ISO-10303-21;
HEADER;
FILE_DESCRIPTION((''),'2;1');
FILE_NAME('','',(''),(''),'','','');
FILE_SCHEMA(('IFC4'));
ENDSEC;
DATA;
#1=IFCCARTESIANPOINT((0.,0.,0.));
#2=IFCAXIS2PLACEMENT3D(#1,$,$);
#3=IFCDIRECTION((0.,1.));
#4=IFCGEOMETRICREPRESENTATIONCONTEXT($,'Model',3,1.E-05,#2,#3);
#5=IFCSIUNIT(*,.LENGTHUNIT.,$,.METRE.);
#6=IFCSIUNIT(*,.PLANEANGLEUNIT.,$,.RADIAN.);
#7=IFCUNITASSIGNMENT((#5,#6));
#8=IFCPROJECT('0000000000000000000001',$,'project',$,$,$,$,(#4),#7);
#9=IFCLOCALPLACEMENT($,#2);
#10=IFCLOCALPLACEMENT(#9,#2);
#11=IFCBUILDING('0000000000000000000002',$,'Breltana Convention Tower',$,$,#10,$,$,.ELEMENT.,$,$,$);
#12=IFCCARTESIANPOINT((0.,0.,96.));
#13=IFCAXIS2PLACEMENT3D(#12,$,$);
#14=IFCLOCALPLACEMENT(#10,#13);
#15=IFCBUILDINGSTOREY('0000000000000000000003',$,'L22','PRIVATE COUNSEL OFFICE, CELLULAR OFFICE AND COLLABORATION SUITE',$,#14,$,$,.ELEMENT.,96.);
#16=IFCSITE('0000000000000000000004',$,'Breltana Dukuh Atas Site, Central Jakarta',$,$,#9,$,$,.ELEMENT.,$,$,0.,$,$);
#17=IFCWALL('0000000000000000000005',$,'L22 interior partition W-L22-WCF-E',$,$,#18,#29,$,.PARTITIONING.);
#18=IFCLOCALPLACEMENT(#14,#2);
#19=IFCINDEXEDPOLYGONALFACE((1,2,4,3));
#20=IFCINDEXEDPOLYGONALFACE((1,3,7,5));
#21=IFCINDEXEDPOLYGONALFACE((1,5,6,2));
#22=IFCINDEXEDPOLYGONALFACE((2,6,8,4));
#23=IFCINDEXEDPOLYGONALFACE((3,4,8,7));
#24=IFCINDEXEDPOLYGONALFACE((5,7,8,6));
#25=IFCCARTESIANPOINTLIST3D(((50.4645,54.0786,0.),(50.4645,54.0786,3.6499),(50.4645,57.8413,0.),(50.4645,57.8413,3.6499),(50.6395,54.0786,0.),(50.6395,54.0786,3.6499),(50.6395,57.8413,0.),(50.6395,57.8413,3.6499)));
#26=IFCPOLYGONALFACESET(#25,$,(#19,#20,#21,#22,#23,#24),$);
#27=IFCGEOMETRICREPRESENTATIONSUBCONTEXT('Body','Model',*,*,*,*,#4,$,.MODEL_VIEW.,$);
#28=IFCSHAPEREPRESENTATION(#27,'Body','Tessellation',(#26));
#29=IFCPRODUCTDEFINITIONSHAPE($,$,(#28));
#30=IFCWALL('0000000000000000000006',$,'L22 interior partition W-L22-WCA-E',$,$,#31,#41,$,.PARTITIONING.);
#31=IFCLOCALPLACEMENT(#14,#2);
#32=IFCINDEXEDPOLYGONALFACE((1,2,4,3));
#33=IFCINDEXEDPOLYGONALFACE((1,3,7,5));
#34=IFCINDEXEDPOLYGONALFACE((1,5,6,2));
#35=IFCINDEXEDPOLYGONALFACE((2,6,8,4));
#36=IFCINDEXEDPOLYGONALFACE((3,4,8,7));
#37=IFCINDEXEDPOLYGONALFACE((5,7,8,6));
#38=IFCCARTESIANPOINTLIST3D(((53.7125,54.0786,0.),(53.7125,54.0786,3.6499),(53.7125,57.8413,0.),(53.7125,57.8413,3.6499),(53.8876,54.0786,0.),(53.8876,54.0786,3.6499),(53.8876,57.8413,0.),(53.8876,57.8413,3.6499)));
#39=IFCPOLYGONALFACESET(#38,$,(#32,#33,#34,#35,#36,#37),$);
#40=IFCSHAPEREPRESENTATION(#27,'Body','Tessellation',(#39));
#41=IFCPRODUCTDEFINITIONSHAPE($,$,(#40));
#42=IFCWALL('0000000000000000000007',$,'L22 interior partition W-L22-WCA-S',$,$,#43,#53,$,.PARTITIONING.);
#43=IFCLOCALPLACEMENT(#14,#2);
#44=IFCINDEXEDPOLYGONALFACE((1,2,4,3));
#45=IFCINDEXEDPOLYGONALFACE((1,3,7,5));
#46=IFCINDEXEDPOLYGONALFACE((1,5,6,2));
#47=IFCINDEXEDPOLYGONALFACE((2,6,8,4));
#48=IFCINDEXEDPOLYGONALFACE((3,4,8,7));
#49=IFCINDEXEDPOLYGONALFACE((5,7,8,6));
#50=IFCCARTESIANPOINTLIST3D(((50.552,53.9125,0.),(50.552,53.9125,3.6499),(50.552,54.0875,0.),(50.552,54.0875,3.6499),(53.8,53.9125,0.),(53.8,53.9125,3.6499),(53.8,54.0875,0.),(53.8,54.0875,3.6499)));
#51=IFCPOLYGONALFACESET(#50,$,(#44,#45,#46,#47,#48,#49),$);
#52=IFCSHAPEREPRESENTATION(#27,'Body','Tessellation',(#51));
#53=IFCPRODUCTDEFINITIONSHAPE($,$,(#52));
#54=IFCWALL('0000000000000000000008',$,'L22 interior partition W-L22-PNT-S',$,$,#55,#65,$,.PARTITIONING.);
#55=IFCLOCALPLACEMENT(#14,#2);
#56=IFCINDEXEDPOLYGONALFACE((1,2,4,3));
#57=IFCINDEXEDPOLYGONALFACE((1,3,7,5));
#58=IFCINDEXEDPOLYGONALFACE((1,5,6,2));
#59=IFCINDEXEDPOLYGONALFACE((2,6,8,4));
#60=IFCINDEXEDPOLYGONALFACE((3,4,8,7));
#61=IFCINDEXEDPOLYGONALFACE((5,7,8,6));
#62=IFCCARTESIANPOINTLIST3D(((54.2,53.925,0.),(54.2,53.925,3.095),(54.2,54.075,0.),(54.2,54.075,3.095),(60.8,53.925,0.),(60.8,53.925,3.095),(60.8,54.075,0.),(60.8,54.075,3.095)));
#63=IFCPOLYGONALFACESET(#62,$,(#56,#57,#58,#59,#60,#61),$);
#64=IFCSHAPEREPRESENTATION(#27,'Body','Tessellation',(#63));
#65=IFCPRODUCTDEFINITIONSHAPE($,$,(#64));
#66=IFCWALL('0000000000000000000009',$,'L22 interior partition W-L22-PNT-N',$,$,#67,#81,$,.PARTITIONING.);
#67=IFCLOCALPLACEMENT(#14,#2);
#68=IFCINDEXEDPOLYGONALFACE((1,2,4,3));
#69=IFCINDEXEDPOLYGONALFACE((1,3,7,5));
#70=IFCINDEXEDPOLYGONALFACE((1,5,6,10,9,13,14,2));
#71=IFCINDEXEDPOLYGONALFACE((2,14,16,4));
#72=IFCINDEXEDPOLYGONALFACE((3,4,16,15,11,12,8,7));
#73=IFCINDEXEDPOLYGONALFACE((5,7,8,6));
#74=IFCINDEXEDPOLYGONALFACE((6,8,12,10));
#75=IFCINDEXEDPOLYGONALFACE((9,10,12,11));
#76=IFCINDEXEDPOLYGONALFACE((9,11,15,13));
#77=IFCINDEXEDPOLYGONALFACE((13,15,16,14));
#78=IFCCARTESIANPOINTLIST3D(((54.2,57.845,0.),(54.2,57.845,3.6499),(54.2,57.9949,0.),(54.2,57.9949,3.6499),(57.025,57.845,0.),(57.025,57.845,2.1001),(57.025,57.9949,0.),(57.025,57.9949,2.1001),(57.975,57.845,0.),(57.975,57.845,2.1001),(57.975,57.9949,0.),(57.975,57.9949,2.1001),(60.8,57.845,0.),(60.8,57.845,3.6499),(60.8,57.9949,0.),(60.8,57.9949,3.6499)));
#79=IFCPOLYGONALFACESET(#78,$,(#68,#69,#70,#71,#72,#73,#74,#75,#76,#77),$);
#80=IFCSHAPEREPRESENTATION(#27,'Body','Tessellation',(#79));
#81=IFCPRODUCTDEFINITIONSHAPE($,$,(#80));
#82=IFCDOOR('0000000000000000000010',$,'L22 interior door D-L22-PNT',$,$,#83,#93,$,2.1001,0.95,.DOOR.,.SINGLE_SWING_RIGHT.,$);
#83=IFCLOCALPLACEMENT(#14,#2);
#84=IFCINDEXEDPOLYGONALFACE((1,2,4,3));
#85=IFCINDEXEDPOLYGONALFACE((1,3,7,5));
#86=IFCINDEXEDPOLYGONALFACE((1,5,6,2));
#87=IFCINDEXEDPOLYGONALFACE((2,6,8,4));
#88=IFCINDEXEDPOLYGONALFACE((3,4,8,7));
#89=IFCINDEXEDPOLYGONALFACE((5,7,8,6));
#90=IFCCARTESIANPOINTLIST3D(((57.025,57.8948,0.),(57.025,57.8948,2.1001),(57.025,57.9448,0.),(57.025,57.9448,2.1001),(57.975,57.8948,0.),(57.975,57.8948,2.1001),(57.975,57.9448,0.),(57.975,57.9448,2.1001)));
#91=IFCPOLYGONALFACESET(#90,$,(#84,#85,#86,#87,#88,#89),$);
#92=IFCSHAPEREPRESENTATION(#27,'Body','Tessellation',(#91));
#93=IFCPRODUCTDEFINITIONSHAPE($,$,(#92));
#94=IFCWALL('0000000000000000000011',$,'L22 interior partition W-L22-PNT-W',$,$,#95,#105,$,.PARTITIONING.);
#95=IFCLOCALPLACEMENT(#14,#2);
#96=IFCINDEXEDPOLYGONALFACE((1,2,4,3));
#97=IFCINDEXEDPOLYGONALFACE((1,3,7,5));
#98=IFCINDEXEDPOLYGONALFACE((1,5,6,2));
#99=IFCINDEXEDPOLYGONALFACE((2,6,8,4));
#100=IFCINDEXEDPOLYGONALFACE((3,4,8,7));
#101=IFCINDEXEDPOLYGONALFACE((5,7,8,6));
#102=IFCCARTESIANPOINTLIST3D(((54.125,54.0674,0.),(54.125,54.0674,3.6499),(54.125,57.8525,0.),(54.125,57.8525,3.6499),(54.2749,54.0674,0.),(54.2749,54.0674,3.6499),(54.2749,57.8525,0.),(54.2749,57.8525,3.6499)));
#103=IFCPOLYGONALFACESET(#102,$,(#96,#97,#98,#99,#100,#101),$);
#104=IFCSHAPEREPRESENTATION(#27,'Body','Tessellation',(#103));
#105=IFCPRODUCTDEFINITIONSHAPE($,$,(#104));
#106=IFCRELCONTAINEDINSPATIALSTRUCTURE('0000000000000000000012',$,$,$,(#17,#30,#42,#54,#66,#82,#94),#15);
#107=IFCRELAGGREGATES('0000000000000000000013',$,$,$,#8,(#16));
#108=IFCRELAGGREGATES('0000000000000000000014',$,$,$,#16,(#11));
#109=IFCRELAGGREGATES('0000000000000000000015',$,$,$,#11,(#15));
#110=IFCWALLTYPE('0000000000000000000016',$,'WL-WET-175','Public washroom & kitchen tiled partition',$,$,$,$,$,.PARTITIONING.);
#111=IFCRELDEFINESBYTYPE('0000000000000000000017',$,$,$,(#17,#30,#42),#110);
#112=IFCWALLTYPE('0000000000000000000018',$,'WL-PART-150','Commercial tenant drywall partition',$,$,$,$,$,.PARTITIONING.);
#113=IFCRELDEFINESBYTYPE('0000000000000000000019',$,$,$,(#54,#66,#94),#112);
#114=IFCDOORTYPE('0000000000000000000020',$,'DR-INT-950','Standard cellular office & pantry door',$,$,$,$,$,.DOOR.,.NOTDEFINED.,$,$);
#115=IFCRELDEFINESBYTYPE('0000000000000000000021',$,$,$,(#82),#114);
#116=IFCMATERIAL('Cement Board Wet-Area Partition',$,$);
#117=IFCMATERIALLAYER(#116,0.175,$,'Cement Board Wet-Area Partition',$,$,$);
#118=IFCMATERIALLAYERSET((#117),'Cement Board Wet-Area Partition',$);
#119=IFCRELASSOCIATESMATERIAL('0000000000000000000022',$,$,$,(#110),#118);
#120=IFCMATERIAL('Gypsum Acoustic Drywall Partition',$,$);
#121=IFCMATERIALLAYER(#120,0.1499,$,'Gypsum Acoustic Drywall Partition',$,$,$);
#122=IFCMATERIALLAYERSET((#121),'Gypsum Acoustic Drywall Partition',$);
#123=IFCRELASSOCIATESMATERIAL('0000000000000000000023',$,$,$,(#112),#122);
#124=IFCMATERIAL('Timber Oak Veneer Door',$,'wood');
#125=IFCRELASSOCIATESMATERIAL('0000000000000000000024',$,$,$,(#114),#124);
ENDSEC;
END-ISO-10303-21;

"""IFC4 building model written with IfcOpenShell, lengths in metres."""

from ifc_helpers import new_model, si_unit, direction, frame, frame_2d, origin, place, context, subcontext, project, spatial, rectangle, extrude, source, transform, mapped, material, layer, layer_set, type_object, type_shapes, element, fill, save


model = new_model("IFC4")

# Units and contexts
model_context = context("Model", 3, precision=1e-05, world=origin(), true_north=direction((0.0, 1.0)))
body_context = subcontext(model_context, "Body", "Model", "MODEL_VIEW")
ifc_project = project(units=[si_unit("LENGTHUNIT", "METRE"), si_unit("PLANEANGLEUNIT", "RADIAN")], contexts=[model_context])

# Site, building, storey
site_placement = place(None, origin())
site = spatial("IfcSite", under=ifc_project, at=site_placement, Name="Breltana Dukuh Atas Site, Central Jakarta", CompositionType="ELEMENT", RefElevation=0.0)
building_placement = place(site_placement, origin())
building = spatial("IfcBuilding", under=site, at=building_placement, Name="Breltana Convention Tower", CompositionType="ELEMENT")
storey_placement = place(building_placement, frame((0.0, 0.0, 96.0)))
storey = spatial("IfcBuildingStorey", under=building, at=storey_placement, Name="L22", Description="PRIVATE COUNSEL OFFICE, CELLULAR OFFICE AND COLLABORATION SUITE", CompositionType="ELEMENT", Elevation=96.0)

# Walls
ifc_material_1 = material(Name="Cement Board Wet-Area Partition")
ifc_layer_1 = layer(ifc_material_1, 0.175, Name="Cement Board Wet-Area Partition")
ifc_layer_set_1 = layer_set([ifc_layer_1], Name="Cement Board Wet-Area Partition")
wall_type_1 = type_object("IfcWallType", Name="WL-WET-175", Description="Public washroom & kitchen tiled partition", PredefinedType="PARTITIONING", material=ifc_layer_set_1)
shared_shape_1 = source(origin(), body_context, "Body", "SweptSolid", [
    extrude(rectangle(XDim=3.7627, YDim=0.175, at=frame_2d((1.8813, 0.0))), origin(), (0.0, 0.0, 1.0), 3.6499),
])
for number, where, z_axis, x_axis, name in (
    (1, (50.552, 54.0786, 0.0), (0.0, 0.0, 1.0), (0.0, 1.0, 0.0), "L22 interior partition W-L22-WCF-E"),
    (2, (53.8, 54.0786, 0.0), (0.0, 0.0, 1.0), (0.0, 1.0, 0.0), "L22 interior partition W-L22-WCA-E"),
):
    element("IfcWall", number, at=place(storey_placement, frame(where, z_axis=z_axis, x_axis=x_axis)), inside=storey, type_object=wall_type_1, Name=name, PredefinedType="PARTITIONING", context=body_context, shape_type="MappedRepresentation", body=[
        mapped(shared_shape_1, transform((0.0, 0.0, 0.0), scale=1.0)),
    ])
shared_shape_2 = source(origin(), body_context, "Body", "SweptSolid", [
    extrude(rectangle(XDim=3.248, YDim=0.175, at=frame_2d((1.624, 0.0))), origin(), (0.0, 0.0, 1.0), 3.6499),
])
wall_1_placement = place(storey_placement, frame((50.552, 54.0, 0.0), z_axis=(0.0, 0.0, 1.0), x_axis=(1.0, 0.0, 0.0)))
element("IfcWall", 3, at=wall_1_placement, inside=storey, type_object=wall_type_1, Name="L22 interior partition W-L22-WCA-S", PredefinedType="PARTITIONING", context=body_context, shape_type="MappedRepresentation", body=[
    mapped(shared_shape_2, transform((0.0, 0.0, 0.0), scale=1.0)),
])

# Wall
ifc_material_2 = material(Name="Gypsum Acoustic Drywall Partition")
ifc_layer_2 = layer(ifc_material_2, 0.1499, Name="Gypsum Acoustic Drywall Partition")
ifc_layer_set_2 = layer_set([ifc_layer_2], Name="Gypsum Acoustic Drywall Partition")
wall_type_2 = type_object("IfcWallType", Name="WL-PART-150", Description="Commercial tenant drywall partition", PredefinedType="PARTITIONING", material=ifc_layer_set_2)
shared_shape_3 = source(origin(), body_context, "Body", "SweptSolid", [
    extrude(rectangle(XDim=6.6001, YDim=0.1499, at=frame_2d((3.3, 0.0))), origin(), (0.0, 0.0, 1.0), 3.095),
])
wall_2_placement = place(storey_placement, frame((54.2, 54.0, 0.0), z_axis=(0.0, 0.0, 1.0), x_axis=(1.0, 0.0, 0.0)))
element("IfcWall", 4, at=wall_2_placement, inside=storey, type_object=wall_type_2, Name="L22 interior partition W-L22-PNT-S", PredefinedType="PARTITIONING", context=body_context, shape_type="MappedRepresentation", body=[
    mapped(shared_shape_3, transform((0.0, 0.0, 0.0), scale=1.0)),
])

# Wall, opening, door
shared_shape_4 = source(origin(), body_context, "Body", "SweptSolid", [
    extrude(rectangle(XDim=6.6001, YDim=0.1499, at=frame_2d((3.3, 0.0))), origin(), (0.0, 0.0, 1.0), 3.6499),
])
wall_3_placement = place(storey_placement, frame((54.2, 57.9199, 0.0), z_axis=(0.0, 0.0, 1.0), x_axis=(1.0, 0.0, 0.0)))
wall_3 = element("IfcWall", 5, at=wall_3_placement, inside=storey, type_object=wall_type_2, Name="L22 interior partition W-L22-PNT-N", PredefinedType="PARTITIONING", context=body_context, shape_type="MappedRepresentation", body=[
    mapped(shared_shape_4, transform((0.0, 0.0, 0.0), scale=1.0)),
])
opening_1_placement = place(wall_3_placement, frame((2.825, 0.0, 0.0)))
opening_1 = element("IfcOpeningElement", 6, at=opening_1_placement, cuts=wall_3, PredefinedType="OPENING", context=body_context, shape_type="SweptSolid", body=[
    extrude(rectangle(XDim=0.95, YDim=2.1001, at=frame_2d((0.4751, 1.05))), frame((0.0, 0.085, 0.0), z_axis=(0.0, -1.0, 0.0), x_axis=(1.0, 0.0, 0.0)), (0.0, 0.0, 1.0), 0.1699),
])
ifc_material_3 = material(Name="Timber Oak Veneer Door", Category="wood")
door_type_1 = type_object("IfcDoorType", Name="DR-INT-950", Description="Standard cellular office & pantry door", OperationType="NOTDEFINED", PredefinedType="DOOR", material=ifc_material_3)
shared_shape_5 = source(origin(), body_context, "Body", "SweptSolid", [
    extrude(rectangle(XDim=0.95, YDim=2.1001, at=frame_2d((0.4751, 1.05))), frame((0.0, 0.0249, 0.0), z_axis=(0.0, -1.0, 0.0), x_axis=(1.0, 0.0, 0.0)), (0.0, 0.0, 1.0), 0.05),
])
type_shapes(door_type_1, [shared_shape_5])
door_1_placement = place(opening_1_placement, origin())
door_1 = element("IfcDoor", 7, at=door_1_placement, inside=storey, type_object=door_type_1, Name="L22 interior door D-L22-PNT", OperationType="SINGLE_SWING_RIGHT", OverallHeight=2.1001, OverallWidth=0.95, PredefinedType="DOOR", context=body_context, shape_type="MappedRepresentation", body=[
    mapped(shared_shape_5, transform((0.0, 0.0, 0.0), scale=1.0)),
])
fill(opening_1, door_1)

# Wall
shared_shape_6 = source(origin(), body_context, "Body", "SweptSolid", [
    extrude(rectangle(XDim=3.7852, YDim=0.1499, at=frame_2d((1.8926, 0.0))), origin(), (0.0, 0.0, 1.0), 3.6499),
])
wall_4_placement = place(storey_placement, frame((54.2, 54.0674, 0.0), z_axis=(0.0, 0.0, 1.0), x_axis=(0.0, 1.0, 0.0)))
element("IfcWall", 8, at=wall_4_placement, inside=storey, type_object=wall_type_2, Name="L22 interior partition W-L22-PNT-W", PredefinedType="PARTITIONING", context=body_context, shape_type="MappedRepresentation", body=[
    mapped(shared_shape_6, transform((0.0, 0.0, 0.0), scale=1.0)),
])

save(model, "model.ifc")
